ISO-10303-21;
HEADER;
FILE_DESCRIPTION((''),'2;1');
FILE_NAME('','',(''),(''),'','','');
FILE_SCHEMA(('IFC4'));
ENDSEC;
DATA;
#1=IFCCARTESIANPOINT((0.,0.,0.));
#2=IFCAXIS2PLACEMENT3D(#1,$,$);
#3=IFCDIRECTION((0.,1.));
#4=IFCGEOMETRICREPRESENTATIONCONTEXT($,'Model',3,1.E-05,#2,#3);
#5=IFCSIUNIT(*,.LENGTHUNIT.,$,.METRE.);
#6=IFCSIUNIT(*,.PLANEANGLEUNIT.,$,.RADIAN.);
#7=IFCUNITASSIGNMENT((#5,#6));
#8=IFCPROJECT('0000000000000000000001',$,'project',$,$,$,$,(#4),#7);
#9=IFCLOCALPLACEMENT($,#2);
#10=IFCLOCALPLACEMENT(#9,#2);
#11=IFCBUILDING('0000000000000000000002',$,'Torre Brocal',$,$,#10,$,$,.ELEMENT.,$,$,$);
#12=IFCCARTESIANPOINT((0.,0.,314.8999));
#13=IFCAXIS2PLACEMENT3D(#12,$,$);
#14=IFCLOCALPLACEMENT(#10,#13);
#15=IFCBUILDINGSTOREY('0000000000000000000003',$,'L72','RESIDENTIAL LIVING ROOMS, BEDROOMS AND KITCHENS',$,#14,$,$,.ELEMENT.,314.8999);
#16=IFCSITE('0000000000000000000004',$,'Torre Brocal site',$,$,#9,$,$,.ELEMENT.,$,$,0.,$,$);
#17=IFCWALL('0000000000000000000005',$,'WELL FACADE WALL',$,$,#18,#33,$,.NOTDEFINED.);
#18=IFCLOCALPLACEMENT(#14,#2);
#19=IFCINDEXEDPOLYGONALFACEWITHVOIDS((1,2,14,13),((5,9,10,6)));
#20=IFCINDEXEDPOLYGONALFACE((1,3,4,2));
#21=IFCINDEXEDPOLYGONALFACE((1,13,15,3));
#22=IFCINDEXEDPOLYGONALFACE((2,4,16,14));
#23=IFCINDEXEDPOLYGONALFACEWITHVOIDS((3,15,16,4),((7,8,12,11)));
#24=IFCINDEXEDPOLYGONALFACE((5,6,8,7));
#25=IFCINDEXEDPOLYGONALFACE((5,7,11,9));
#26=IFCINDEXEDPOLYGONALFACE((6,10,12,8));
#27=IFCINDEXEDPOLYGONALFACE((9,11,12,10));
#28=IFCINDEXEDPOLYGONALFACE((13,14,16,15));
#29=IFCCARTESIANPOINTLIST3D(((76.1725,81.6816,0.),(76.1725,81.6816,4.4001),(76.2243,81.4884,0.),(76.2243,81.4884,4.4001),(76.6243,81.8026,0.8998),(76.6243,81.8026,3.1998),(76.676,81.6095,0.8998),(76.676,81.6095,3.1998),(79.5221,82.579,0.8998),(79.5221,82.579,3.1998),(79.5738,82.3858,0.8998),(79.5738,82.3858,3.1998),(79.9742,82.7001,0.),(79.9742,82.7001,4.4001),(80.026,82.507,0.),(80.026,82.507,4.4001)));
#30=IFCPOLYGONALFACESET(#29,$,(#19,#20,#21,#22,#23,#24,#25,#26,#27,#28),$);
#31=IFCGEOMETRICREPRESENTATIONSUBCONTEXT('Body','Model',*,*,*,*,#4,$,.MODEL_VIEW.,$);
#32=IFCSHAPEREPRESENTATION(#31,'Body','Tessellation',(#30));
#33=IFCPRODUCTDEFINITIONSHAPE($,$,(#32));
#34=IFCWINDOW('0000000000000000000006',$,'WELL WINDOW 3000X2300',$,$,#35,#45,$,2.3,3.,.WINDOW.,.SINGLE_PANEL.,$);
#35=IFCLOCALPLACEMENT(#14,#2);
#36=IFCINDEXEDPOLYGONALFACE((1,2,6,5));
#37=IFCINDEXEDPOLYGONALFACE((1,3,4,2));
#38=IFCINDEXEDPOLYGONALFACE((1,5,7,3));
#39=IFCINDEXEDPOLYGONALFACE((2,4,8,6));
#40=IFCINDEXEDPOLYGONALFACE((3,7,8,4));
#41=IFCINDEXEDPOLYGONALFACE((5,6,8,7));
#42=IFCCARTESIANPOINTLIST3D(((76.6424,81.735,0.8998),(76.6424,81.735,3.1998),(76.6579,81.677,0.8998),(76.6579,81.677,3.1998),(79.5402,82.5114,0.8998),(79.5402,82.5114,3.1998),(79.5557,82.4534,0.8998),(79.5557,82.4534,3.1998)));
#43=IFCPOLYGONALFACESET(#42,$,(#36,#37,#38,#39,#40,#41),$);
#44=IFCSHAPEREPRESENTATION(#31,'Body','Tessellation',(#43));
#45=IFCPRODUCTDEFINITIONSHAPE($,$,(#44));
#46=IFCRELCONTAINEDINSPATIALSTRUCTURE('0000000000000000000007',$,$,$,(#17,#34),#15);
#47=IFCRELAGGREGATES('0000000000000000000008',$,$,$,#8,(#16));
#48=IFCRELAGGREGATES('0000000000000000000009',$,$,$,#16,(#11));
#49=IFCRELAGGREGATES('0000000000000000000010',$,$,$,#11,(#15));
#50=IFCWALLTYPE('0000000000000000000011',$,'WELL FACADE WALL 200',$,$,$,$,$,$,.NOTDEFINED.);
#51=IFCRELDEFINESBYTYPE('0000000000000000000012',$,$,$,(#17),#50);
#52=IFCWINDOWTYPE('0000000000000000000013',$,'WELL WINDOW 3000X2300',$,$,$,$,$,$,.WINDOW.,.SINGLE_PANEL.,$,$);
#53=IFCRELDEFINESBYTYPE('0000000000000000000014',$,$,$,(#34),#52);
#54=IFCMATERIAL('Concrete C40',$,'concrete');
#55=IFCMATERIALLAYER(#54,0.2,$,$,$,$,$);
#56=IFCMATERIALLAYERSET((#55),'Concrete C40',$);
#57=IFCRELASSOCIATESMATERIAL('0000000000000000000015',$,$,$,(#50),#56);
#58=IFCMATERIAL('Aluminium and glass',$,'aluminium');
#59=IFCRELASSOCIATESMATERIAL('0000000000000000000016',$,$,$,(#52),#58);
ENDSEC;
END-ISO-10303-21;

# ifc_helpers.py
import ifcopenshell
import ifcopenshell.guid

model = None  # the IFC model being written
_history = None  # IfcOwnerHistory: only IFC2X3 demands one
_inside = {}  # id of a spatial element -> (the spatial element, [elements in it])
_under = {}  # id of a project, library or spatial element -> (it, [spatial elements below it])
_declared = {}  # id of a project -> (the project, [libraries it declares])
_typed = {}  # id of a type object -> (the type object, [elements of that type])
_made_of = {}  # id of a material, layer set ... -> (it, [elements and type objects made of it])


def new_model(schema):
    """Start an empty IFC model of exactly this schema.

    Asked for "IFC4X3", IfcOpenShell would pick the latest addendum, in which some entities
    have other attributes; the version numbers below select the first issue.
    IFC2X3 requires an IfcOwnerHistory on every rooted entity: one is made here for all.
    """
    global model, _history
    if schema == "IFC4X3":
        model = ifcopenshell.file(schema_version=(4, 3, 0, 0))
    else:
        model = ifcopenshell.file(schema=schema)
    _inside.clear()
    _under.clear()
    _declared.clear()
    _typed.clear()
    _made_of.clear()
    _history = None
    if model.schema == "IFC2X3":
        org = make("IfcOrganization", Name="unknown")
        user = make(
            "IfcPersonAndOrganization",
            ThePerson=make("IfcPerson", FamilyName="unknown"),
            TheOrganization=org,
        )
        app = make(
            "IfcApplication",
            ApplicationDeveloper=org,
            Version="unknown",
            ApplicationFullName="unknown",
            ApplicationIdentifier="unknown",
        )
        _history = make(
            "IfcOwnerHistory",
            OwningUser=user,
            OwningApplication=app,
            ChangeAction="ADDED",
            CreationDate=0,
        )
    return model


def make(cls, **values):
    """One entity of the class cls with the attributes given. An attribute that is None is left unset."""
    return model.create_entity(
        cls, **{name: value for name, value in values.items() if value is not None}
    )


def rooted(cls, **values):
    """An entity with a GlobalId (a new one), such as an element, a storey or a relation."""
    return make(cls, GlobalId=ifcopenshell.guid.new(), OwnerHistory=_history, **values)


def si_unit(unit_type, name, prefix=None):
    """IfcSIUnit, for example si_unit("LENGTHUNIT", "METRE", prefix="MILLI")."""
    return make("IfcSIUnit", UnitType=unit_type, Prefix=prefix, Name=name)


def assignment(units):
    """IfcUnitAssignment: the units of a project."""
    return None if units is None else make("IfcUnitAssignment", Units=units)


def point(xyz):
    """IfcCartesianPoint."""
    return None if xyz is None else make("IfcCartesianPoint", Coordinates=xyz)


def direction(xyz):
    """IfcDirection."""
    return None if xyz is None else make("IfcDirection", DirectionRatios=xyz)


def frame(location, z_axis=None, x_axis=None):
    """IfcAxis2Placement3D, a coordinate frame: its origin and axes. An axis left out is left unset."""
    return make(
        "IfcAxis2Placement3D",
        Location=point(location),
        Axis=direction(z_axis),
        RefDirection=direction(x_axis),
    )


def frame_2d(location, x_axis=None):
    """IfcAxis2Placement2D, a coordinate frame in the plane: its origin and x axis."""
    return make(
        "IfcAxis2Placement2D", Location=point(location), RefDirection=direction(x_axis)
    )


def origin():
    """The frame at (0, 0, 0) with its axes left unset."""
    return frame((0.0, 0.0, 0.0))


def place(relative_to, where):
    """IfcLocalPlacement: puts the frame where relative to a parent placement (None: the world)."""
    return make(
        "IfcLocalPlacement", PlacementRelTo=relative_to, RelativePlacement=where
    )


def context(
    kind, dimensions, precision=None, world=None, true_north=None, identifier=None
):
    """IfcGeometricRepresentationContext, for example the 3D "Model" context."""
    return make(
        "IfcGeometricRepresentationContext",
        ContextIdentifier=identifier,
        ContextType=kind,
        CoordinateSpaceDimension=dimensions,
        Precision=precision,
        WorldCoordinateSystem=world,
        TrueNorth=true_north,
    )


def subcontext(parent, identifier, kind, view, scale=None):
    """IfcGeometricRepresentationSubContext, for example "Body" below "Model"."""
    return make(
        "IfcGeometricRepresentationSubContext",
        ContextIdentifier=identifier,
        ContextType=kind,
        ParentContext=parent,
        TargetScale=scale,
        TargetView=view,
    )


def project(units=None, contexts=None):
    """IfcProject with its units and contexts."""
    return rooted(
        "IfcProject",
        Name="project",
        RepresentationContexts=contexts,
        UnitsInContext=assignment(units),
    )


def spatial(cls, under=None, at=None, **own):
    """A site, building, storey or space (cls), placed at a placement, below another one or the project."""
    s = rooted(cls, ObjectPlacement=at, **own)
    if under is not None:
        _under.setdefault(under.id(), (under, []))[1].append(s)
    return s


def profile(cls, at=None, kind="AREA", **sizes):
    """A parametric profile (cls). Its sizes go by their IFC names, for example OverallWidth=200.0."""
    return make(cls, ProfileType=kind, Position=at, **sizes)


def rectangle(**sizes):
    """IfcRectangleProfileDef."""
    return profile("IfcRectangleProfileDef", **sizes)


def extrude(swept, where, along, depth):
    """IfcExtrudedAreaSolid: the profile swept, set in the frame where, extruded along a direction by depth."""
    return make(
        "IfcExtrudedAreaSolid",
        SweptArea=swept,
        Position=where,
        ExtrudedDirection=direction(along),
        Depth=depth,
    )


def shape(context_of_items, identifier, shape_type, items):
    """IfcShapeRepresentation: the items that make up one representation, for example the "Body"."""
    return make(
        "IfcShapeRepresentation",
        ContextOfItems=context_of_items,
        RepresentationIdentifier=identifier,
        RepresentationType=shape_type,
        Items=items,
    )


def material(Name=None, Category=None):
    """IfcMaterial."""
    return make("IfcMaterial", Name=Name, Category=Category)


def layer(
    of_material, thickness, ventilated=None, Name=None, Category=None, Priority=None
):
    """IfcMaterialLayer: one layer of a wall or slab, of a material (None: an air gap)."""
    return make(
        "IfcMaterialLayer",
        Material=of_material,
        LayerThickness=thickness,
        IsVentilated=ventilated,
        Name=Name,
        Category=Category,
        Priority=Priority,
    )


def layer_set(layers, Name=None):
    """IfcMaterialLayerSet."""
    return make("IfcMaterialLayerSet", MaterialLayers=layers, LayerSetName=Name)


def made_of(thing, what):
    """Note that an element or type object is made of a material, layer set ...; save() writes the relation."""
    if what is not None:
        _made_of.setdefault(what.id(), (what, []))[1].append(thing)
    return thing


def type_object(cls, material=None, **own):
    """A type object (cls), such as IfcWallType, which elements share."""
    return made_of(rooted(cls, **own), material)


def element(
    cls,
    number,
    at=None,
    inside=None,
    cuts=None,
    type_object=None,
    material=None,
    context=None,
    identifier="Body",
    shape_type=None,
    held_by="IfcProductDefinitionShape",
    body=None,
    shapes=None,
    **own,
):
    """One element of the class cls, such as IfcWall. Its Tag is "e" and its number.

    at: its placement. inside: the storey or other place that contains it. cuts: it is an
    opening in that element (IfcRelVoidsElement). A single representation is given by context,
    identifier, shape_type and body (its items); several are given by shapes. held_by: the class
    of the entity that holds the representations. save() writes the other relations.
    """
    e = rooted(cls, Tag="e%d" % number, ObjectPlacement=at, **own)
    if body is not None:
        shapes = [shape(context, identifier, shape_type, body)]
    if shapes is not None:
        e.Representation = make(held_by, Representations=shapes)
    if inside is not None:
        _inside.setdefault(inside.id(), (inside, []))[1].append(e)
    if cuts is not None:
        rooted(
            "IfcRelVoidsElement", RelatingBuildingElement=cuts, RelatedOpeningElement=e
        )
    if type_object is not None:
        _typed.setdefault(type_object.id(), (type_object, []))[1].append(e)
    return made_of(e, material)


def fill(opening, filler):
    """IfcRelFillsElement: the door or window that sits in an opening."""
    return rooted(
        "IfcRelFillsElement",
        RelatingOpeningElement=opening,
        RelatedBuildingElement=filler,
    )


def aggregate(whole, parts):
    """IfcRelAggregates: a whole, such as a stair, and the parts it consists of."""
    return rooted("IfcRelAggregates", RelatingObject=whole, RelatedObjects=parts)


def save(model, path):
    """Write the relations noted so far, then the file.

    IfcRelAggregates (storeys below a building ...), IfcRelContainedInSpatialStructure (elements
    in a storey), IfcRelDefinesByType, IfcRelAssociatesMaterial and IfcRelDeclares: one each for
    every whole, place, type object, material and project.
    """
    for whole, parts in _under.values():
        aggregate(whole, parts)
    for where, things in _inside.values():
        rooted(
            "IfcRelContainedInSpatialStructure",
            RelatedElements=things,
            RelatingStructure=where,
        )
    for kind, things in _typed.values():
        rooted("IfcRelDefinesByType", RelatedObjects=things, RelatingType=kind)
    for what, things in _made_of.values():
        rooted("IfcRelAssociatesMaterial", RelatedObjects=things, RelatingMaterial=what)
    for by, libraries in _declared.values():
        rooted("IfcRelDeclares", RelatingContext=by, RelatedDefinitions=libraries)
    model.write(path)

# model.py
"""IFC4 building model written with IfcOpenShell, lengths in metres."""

from ifc_helpers import new_model, si_unit, direction, frame, frame_2d, origin, place, context, subcontext, project, spatial, rectangle, extrude, material, layer, layer_set, type_object, element, fill, save


model = new_model("IFC4")

# Units and contexts
model_context = context("Model", 3, precision=1e-05, world=origin(), true_north=direction((0.0, 1.0)))
body_context = subcontext(model_context, "Body", "Model", "MODEL_VIEW")
ifc_project = project(units=[si_unit("LENGTHUNIT", "METRE"), si_unit("PLANEANGLEUNIT", "RADIAN")], contexts=[model_context])

# Site, building, storey
site_placement = place(None, origin())
site = spatial("IfcSite", under=ifc_project, at=site_placement, Name="Torre Brocal site", CompositionType="ELEMENT", RefElevation=0.0)
building_placement = place(site_placement, origin())
building = spatial("IfcBuilding", under=site, at=building_placement, Name="Torre Brocal", CompositionType="ELEMENT")
storey_placement = place(building_placement, frame((0.0, 0.0, 314.8999)))
storey = spatial("IfcBuildingStorey", under=building, at=storey_placement, Name="L72", Description="RESIDENTIAL LIVING ROOMS, BEDROOMS AND KITCHENS", CompositionType="ELEMENT", Elevation=314.8999)

# Wall, opening, window
ifc_material_1 = material(Name="Concrete C40", Category="concrete")
ifc_layer_1 = layer(ifc_material_1, 0.2)
ifc_layer_set_1 = layer_set([ifc_layer_1], Name="Concrete C40")
wall_type_1 = type_object("IfcWallType", Name="WELL FACADE WALL 200", PredefinedType="NOTDEFINED", material=ifc_layer_set_1)
ifc_material_2 = material(Name="Aluminium and glass", Category="aluminium")
window_type = type_object("IfcWindowType", Name="WELL WINDOW 3000X2300", PartitioningType="SINGLE_PANEL", PredefinedType="WINDOW", material=ifc_material_2)
wall_1_placement = place(storey_placement, frame((80.0, 82.6035, 0.0), z_axis=(0.0, 0.0, 1.0), x_axis=(-0.965934, -0.25879, 0.0)))
wall_1 = element("IfcWall", 1, at=wall_1_placement, inside=storey, type_object=wall_type_1, Name="WELL FACADE WALL", PredefinedType="NOTDEFINED", context=body_context, shape_type="SweptSolid", body=[
    extrude(rectangle(XDim=3.9358, YDim=0.2, at=frame_2d((1.9678, 0.0))), origin(), (0.0, 0.0, 1.0), 4.4001),
])
opening_1_placement = place(wall_1_placement, frame((0.468, 0.0, 0.8999)))
opening_1 = element("IfcOpeningElement", 2, at=opening_1_placement, cuts=wall_1, PredefinedType="OPENING", context=body_context, shape_type="SweptSolid", body=[
    extrude(rectangle(XDim=3.0, YDim=2.3, at=frame_2d((1.5, 1.1499))), frame((0.0, 0.1099, 0.0), z_axis=(0.0, -1.0, 0.0), x_axis=(1.0, 0.0, 0.0)), (0.0, 0.0, 1.0), 0.22),
])
window_1_placement = place(opening_1_placement, origin())
window_1 = element("IfcWindow", 3, at=window_1_placement, inside=storey, type_object=window_type, Name="WELL WINDOW 3000X2300", OverallHeight=2.3, OverallWidth=3.0, PartitioningType="SINGLE_PANEL", PredefinedType="WINDOW", context=body_context, shape_type="SweptSolid", body=[
    extrude(rectangle(XDim=3.0, YDim=2.3, at=frame_2d((1.5, 1.1499))), frame((0.0, 0.03, 0.0), z_axis=(0.0, -1.0, 0.0), x_axis=(1.0, 0.0, 0.0)), (0.0, 0.0, 1.0), 0.0601),
])
fill(opening_1, window_1)

save(model, "model.ifc")
